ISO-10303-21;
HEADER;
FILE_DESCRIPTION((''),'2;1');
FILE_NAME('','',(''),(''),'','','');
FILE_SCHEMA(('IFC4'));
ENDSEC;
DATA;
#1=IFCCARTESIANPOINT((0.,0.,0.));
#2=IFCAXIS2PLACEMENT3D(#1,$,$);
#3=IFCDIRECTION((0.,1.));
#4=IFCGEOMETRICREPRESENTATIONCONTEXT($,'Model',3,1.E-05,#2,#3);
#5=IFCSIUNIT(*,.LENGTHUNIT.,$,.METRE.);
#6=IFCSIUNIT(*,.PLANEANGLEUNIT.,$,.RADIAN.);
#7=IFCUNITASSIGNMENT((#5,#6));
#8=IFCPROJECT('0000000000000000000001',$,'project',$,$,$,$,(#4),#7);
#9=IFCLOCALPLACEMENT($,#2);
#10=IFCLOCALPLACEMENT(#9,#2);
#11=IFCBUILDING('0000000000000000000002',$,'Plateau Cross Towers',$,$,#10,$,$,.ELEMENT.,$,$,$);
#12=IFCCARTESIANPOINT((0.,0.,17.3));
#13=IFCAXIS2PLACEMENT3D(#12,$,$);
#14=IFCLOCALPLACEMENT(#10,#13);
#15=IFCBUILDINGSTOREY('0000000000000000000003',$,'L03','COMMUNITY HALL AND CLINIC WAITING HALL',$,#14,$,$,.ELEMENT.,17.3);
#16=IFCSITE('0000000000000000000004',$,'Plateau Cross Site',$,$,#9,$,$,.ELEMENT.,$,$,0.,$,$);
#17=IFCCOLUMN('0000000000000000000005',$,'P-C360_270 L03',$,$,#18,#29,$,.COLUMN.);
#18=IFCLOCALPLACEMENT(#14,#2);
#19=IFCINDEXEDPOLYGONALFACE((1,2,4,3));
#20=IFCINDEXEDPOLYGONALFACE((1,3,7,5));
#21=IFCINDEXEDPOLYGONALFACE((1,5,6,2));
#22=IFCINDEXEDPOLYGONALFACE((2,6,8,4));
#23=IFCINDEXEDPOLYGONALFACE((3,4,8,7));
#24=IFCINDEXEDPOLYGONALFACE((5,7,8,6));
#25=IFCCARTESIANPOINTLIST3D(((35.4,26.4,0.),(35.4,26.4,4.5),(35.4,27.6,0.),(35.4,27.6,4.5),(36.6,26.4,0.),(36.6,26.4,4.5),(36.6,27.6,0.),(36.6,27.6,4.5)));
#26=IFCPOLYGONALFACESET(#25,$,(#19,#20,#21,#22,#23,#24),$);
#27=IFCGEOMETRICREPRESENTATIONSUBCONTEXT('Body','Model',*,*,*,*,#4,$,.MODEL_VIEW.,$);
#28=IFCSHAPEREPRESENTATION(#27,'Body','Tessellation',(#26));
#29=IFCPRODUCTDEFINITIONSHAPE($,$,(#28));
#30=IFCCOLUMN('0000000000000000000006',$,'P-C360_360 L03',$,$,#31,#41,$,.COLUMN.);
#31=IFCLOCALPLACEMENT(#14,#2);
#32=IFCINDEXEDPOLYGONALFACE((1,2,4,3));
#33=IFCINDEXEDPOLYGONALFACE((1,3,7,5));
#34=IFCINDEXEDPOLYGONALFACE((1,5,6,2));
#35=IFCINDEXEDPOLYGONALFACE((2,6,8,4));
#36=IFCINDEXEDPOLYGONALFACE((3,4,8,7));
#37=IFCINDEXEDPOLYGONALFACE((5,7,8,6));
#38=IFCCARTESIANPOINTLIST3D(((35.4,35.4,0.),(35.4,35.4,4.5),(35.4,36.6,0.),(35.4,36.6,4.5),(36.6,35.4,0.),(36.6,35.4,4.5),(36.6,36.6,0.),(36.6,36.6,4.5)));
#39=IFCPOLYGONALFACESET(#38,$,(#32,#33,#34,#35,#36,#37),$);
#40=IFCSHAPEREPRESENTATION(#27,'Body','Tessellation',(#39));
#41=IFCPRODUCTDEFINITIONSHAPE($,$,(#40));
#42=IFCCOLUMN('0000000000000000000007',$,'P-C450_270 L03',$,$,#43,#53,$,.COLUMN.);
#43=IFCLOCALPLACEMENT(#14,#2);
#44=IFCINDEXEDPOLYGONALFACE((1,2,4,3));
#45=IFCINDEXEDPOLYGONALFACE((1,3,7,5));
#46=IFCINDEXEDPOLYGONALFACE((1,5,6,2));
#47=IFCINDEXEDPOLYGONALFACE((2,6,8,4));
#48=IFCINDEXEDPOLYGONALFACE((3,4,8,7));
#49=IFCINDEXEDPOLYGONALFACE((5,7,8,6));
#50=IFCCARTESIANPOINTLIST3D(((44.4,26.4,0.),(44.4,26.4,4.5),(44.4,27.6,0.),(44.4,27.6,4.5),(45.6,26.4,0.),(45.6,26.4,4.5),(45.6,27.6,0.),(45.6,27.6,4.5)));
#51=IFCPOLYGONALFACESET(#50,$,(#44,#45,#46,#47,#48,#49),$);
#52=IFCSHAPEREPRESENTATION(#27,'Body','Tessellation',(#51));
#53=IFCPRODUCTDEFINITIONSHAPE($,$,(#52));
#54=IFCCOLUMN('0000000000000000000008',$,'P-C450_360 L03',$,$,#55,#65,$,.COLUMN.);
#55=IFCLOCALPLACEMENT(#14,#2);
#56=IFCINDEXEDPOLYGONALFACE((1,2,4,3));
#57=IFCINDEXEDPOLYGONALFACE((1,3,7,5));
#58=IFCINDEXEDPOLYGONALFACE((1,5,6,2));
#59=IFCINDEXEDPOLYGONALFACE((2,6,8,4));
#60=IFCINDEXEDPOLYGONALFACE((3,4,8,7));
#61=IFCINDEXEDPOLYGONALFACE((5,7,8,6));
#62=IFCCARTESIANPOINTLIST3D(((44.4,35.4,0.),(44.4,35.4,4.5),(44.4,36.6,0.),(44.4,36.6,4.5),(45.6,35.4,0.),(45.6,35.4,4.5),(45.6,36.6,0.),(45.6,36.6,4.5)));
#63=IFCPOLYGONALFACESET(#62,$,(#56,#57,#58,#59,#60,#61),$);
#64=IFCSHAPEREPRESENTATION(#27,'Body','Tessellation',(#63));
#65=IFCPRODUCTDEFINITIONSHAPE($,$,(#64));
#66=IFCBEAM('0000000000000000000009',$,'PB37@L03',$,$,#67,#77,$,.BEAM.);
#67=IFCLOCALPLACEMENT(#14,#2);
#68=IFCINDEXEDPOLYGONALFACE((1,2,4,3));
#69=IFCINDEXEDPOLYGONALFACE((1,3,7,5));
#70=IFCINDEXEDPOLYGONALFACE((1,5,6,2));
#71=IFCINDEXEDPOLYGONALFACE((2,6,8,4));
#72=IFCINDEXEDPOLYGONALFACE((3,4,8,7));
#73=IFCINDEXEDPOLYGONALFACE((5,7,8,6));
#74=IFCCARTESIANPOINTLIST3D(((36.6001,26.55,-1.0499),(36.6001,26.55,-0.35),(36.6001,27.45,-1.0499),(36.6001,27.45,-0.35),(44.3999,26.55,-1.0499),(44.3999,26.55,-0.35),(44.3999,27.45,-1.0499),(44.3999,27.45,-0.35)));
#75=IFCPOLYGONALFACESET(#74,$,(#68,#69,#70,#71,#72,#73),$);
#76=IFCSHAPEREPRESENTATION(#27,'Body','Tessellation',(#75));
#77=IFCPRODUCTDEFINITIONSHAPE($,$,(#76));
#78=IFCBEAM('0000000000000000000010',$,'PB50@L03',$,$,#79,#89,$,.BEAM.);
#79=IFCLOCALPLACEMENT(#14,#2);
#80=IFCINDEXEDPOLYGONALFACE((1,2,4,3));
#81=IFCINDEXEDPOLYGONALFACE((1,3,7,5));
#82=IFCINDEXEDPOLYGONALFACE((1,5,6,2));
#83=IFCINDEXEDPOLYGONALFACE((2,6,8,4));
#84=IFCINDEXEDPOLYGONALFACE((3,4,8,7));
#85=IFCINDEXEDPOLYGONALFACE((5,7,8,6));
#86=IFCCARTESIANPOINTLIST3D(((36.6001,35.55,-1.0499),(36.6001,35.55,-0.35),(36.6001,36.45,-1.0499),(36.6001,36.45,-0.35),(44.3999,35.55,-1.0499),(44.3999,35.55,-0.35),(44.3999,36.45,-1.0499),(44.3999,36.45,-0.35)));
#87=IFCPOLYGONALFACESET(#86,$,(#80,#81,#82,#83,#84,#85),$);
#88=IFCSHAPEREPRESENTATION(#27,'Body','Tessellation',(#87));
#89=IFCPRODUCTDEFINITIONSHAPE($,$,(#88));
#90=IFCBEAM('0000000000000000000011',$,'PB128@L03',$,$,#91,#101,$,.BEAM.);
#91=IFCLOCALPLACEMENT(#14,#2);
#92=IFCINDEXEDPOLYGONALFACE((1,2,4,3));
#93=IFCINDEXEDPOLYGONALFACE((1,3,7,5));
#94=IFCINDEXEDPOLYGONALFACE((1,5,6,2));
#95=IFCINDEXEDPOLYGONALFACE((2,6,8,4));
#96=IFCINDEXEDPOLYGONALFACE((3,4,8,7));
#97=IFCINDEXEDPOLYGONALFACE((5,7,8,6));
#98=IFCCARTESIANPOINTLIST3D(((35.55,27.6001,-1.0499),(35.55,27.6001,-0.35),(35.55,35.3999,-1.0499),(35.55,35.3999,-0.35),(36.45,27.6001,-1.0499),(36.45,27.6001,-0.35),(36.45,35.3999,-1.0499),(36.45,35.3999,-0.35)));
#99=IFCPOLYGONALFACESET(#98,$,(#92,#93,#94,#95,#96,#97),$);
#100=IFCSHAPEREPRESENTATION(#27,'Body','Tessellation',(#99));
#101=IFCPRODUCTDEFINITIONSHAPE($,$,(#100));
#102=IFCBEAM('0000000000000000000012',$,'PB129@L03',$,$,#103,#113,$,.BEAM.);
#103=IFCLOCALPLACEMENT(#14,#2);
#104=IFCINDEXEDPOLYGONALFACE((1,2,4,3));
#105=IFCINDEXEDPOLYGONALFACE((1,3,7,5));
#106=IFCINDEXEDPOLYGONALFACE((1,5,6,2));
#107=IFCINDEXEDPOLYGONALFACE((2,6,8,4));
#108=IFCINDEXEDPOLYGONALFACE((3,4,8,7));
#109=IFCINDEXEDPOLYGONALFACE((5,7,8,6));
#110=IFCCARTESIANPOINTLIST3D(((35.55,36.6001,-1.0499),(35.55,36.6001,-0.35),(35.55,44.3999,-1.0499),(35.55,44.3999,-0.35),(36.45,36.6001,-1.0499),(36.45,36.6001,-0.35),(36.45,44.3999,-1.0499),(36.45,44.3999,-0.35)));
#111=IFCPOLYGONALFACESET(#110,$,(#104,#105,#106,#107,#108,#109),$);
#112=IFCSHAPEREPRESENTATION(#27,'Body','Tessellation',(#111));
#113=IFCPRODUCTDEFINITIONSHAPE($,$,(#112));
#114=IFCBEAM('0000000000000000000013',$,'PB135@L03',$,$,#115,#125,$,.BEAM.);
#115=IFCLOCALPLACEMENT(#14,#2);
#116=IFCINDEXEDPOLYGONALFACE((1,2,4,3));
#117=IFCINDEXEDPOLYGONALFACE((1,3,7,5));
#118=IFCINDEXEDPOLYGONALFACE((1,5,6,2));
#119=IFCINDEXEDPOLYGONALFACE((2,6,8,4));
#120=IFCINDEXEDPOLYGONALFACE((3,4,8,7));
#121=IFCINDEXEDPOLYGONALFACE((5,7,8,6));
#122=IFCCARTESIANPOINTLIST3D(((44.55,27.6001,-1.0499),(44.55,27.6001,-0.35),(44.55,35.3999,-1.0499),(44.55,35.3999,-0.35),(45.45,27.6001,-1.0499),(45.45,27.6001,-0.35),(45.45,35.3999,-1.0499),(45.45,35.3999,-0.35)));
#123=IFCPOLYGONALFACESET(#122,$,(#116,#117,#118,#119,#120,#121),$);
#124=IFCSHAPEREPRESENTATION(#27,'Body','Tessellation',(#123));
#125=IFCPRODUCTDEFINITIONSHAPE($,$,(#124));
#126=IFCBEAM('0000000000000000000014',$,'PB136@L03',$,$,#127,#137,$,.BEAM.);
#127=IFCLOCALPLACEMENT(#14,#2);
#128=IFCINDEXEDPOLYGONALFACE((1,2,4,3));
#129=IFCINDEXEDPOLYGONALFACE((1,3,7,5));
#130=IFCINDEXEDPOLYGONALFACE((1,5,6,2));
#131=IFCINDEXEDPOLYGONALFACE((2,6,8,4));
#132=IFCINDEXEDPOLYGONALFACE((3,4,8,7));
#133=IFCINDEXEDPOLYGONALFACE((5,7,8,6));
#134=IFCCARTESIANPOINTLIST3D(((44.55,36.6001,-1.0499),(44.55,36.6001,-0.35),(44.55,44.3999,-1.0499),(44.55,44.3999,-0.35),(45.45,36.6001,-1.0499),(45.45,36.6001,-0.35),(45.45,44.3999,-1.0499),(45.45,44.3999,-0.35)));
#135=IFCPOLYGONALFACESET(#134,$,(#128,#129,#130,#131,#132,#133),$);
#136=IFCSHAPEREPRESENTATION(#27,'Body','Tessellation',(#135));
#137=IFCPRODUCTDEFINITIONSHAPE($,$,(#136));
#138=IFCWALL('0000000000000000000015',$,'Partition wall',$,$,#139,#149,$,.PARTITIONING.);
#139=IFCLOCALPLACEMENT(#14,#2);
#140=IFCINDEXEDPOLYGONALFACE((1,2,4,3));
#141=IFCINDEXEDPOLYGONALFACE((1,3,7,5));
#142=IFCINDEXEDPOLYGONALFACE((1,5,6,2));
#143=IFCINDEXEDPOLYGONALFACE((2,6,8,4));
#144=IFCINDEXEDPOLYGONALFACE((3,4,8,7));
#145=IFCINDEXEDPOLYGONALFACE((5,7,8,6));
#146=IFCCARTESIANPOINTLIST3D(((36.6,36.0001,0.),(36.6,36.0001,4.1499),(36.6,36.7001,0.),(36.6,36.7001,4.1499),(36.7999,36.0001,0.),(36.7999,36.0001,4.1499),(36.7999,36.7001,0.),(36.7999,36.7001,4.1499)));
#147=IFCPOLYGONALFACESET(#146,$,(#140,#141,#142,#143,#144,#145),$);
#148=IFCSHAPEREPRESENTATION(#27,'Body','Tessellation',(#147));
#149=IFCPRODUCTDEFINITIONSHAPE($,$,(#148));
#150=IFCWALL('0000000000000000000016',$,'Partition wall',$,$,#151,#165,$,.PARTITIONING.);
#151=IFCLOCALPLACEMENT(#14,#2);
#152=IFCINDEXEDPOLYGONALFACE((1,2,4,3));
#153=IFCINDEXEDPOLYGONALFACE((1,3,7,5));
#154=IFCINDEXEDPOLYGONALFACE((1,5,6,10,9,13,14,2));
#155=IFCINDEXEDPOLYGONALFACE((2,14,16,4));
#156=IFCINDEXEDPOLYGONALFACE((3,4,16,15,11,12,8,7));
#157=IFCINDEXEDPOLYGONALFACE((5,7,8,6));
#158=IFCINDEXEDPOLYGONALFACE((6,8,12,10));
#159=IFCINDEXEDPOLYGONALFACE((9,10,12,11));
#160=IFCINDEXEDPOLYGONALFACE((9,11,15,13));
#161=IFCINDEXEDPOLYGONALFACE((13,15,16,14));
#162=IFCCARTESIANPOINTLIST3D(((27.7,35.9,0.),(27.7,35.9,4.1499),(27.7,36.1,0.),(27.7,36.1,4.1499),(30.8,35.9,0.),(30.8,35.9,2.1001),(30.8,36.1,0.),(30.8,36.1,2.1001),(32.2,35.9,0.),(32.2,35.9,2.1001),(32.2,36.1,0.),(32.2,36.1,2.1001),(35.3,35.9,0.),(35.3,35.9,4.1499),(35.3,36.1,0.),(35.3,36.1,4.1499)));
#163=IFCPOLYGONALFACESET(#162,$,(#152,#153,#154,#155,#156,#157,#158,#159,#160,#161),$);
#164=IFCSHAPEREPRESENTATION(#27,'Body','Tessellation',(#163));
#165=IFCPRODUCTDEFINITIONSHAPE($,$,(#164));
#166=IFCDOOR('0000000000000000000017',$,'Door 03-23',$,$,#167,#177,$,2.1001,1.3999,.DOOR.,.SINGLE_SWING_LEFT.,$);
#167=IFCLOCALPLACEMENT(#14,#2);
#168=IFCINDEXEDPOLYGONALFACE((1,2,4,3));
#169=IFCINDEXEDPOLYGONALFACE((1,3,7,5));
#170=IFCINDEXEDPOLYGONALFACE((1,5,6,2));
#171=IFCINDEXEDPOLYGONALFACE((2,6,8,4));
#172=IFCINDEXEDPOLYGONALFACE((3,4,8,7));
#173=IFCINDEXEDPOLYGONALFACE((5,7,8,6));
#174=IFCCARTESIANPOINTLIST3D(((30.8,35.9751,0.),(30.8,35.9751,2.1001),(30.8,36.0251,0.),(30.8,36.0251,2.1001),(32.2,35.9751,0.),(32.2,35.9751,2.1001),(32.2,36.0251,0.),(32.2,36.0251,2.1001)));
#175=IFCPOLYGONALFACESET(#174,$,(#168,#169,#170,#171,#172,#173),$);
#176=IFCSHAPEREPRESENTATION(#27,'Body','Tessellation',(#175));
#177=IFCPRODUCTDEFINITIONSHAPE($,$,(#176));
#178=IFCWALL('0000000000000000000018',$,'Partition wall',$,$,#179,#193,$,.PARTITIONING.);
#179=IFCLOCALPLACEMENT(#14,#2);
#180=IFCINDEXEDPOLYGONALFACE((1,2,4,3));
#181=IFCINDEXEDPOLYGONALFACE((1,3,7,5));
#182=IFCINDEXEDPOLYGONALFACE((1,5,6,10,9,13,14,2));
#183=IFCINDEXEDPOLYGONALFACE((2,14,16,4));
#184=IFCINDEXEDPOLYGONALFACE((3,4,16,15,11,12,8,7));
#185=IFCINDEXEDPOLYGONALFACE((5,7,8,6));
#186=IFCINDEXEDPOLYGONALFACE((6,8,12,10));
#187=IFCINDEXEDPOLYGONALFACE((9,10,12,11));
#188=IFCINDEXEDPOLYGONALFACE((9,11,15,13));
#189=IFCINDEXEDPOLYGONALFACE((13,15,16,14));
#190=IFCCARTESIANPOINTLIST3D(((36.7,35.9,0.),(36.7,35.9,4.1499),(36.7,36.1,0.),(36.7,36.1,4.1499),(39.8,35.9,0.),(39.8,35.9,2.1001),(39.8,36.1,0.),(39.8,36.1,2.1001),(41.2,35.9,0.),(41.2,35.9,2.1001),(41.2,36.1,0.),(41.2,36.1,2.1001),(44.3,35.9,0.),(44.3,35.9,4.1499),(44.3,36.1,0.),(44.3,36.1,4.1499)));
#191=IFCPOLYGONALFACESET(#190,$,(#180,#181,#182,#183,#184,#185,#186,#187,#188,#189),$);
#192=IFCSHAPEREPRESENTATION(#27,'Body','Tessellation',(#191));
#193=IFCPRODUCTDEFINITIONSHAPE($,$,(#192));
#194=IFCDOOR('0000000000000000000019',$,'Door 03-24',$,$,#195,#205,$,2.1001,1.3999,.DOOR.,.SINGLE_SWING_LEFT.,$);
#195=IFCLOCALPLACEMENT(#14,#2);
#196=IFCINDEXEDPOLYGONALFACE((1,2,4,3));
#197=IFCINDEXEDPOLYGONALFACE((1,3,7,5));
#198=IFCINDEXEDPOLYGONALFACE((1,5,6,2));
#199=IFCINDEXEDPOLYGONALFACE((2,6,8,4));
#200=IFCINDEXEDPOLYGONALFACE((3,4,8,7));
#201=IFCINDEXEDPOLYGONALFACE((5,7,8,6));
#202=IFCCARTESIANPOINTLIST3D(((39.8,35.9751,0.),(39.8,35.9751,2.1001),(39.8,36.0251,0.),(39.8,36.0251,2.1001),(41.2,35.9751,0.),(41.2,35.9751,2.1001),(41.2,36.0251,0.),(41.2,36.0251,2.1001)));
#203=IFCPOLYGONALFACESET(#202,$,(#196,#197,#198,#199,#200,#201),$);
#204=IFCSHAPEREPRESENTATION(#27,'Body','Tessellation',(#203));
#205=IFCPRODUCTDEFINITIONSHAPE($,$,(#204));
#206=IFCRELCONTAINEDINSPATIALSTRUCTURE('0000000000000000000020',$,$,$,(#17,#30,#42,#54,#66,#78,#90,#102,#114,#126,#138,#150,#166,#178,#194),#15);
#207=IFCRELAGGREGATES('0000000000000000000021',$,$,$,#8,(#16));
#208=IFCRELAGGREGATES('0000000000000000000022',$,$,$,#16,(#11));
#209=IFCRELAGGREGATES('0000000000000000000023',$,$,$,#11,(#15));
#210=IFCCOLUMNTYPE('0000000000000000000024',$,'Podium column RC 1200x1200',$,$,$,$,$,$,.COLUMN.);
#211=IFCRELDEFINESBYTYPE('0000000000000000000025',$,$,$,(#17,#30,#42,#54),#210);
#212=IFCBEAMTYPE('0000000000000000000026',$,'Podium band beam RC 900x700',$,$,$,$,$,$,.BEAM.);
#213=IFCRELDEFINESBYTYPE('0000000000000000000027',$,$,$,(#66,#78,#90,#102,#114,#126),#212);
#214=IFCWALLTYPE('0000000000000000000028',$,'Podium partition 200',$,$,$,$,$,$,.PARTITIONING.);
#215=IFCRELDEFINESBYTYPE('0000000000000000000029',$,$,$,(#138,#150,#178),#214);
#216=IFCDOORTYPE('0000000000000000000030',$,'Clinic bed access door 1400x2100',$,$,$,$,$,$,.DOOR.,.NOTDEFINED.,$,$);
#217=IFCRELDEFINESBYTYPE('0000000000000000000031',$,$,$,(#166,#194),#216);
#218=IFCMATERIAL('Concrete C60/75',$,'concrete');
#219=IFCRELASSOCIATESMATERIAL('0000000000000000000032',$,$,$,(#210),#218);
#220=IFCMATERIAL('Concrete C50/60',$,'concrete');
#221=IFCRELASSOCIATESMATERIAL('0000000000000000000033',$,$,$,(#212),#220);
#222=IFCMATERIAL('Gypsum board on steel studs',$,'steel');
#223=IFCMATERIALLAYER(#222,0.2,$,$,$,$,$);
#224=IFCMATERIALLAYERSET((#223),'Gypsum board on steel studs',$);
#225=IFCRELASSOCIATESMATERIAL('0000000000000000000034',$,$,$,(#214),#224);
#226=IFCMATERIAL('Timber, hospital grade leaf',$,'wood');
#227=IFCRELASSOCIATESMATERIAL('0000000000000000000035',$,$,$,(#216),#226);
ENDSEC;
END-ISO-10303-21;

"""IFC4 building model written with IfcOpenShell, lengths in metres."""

from ifc_helpers import new_model, si_unit, direction, frame, frame_2d, origin, origin_2d, place, context, subcontext, project, spatial, rectangle, extrude, material, layer, layer_set, material_profile, profile_set, type_object, element, fill, save


model = new_model("IFC4")

# Units and contexts
model_context = context("Model", 3, precision=1e-05, world=origin(), true_north=direction((0.0, 1.0)))
body_context = subcontext(model_context, "Body", "Model", "MODEL_VIEW")
ifc_project = project(units=[si_unit("LENGTHUNIT", "METRE"), si_unit("PLANEANGLEUNIT", "RADIAN")], contexts=[model_context])

# Site, building, storey
site_placement = place(None, origin())
site = spatial("IfcSite", under=ifc_project, at=site_placement, Name="Plateau Cross Site", CompositionType="ELEMENT", RefElevation=0.0)
building_placement = place(site_placement, origin())
building = spatial("IfcBuilding", under=site, at=building_placement, Name="Plateau Cross Towers", CompositionType="ELEMENT")
storey_placement = place(building_placement, frame((0.0, 0.0, 17.3)))
storey = spatial("IfcBuildingStorey", under=building, at=storey_placement, Name="L03", Description="COMMUNITY HALL AND CLINIC WAITING HALL", CompositionType="ELEMENT", Elevation=17.3)

# Columns
ifc_material_1 = material(Name="Concrete C60/75", Category="concrete")
ifc_material_profile_1 = material_profile(ifc_material_1, rectangle(XDim=1.2, YDim=1.2, at=origin_2d()), Name="RC 1200x1200")
ifc_profile_set_1 = profile_set([ifc_material_profile_1], Name="Concrete C60/75")
column_type = type_object("IfcColumnType", Name="Podium column RC 1200x1200", PredefinedType="COLUMN", material=ifc_profile_set_1)
for number, where, z_axis, x_axis, name in (
    (1, (36.0, 27.0, 0.0), (0.0, 0.0, 1.0), (1.0, 0.0, 0.0), "P-C360_270 L03"),
    (2, (36.0, 36.0, 0.0), (0.0, 0.0, 1.0), (1.0, 0.0, 0.0), "P-C360_360 L03"),
    (3, (45.0, 27.0, 0.0), (0.0, 0.0, 1.0), (1.0, 0.0, 0.0), "P-C450_270 L03"),
    (4, (45.0, 36.0, 0.0), (0.0, 0.0, 1.0), (1.0, 0.0, 0.0), "P-C450_360 L03"),
):
    element("IfcColumn", number, at=place(storey_placement, frame(where, z_axis=z_axis, x_axis=x_axis)), inside=storey, type_object=column_type, Name=name, PredefinedType="COLUMN", context=body_context, shape_type="SweptSolid", body=[
        extrude(rectangle(XDim=1.2, YDim=1.2, at=origin_2d()), origin(), (0.0, 0.0, 1.0), 4.5),
    ])

# Beams
ifc_material_2 = material(Name="Concrete C50/60", Category="concrete")
ifc_material_profile_2 = material_profile(ifc_material_2, rectangle(XDim=0.8999, YDim=0.7, at=origin_2d()), Name="RC 900x700")
ifc_profile_set_2 = profile_set([ifc_material_profile_2], Name="Concrete C50/60")
beam_type = type_object("IfcBeamType", Name="Podium band beam RC 900x700", PredefinedType="BEAM", material=ifc_profile_set_2)
for number, where, z_axis, x_axis, name in (
    (5, (36.6001, 27.0, -0.7), (1.0, 0.0, 0.0), (0.0, 1.0, 0.0), "PB37@L03"),
    (6, (36.6001, 36.0, -0.7), (1.0, 0.0, 0.0), (0.0, 1.0, 0.0), "PB50@L03"),
    (7, (36.0, 27.6001, -0.7), (0.0, 1.0, 0.0), (-1.0, 0.0, 0.0), "PB128@L03"),
    (8, (36.0, 36.6001, -0.7), (0.0, 1.0, 0.0), (-1.0, 0.0, 0.0), "PB129@L03"),
    (9, (45.0, 27.6001, -0.7), (0.0, 1.0, 0.0), (-1.0, 0.0, 0.0), "PB135@L03"),
    (10, (45.0, 36.6001, -0.7), (0.0, 1.0, 0.0), (-1.0, 0.0, 0.0), "PB136@L03"),
):
    element("IfcBeam", number, at=place(storey_placement, frame(where, z_axis=z_axis, x_axis=x_axis)), inside=storey, type_object=beam_type, Name=name, PredefinedType="BEAM", context=body_context, shape_type="SweptSolid", body=[
        extrude(rectangle(XDim=0.8999, YDim=0.7, at=origin_2d()), origin(), (0.0, 0.0, 1.0), 7.7998),
    ])

# Wall
ifc_material_3 = material(Name="Gypsum board on steel studs", Category="steel")
ifc_layer_1 = layer(ifc_material_3, 0.2)
ifc_layer_set_1 = layer_set([ifc_layer_1], Name="Gypsum board on steel studs")
wall_type_1 = type_object("IfcWallType", Name="Podium partition 200", PredefinedType="PARTITIONING", material=ifc_layer_set_1)
wall_1_placement = place(storey_placement, frame((36.7, 36.0, 0.0), z_axis=(0.0, 0.0, 1.0), x_axis=(0.0, 1.0, 0.0)))
element("IfcWall", 11, at=wall_1_placement, inside=storey, type_object=wall_type_1, Name="Partition wall", PredefinedType="PARTITIONING", context=body_context, shape_type="SweptSolid", body=[
    extrude(rectangle(XDim=0.7, YDim=0.2, at=frame_2d((0.3501, 0.0))), origin(), (0.0, 0.0, 1.0), 4.1499),
])

# Walls, openings, doors
wall_2_placement = place(storey_placement, frame((35.3, 36.0, 0.0), z_axis=(0.0, 0.0, 1.0), x_axis=(-1.0, 0.0, 0.0)))
wall_2 = element("IfcWall", 12, at=wall_2_placement, inside=storey, type_object=wall_type_1, Name="Partition wall", PredefinedType="PARTITIONING", context=body_context, shape_type="SweptSolid", body=[
    extrude(rectangle(XDim=7.6001, YDim=0.2, at=frame_2d((3.8, 0.0))), origin(), (0.0, 0.0, 1.0), 4.1499),
])
opening_1_placement = place(wall_2_placement, frame((3.1001, 0.0, 0.0)))
opening_1 = element("IfcOpeningElement", 13, at=opening_1_placement, cuts=wall_2, PredefinedType="OPENING", context=body_context, shape_type="SweptSolid", body=[
    extrude(rectangle(XDim=1.3999, YDim=2.1001, at=frame_2d((0.7, 1.05))), frame((0.0, 0.1099, 0.0), z_axis=(0.0, -1.0, 0.0), x_axis=(1.0, 0.0, 0.0)), (0.0, 0.0, 1.0), 0.22),
])
ifc_material_4 = material(Name="Timber, hospital grade leaf", Category="wood")
door_type_1 = type_object("IfcDoorType", Name="Clinic bed access door 1400x2100", OperationType="NOTDEFINED", PredefinedType="DOOR", material=ifc_material_4)
door_1_placement = place(opening_1_placement, origin())
door_1 = element("IfcDoor", 14, at=door_1_placement, inside=storey, type_object=door_type_1, Name="Door 03-23", OperationType="SINGLE_SWING_LEFT", OverallHeight=2.1001, OverallWidth=1.3999, PredefinedType="DOOR", context=body_context, shape_type="SweptSolid", body=[
    extrude(rectangle(XDim=1.3999, YDim=2.1001, at=frame_2d((0.7, 1.05))), frame((0.0, 0.0249, 0.0), z_axis=(0.0, -1.0, 0.0), x_axis=(1.0, 0.0, 0.0)), (0.0, 0.0, 1.0), 0.05),
])
fill(opening_1, door_1)
wall_3_placement = place(storey_placement, frame((44.3, 36.0, 0.0), z_axis=(0.0, 0.0, 1.0), x_axis=(-1.0, 0.0, 0.0)))
wall_3 = element("IfcWall", 15, at=wall_3_placement, inside=storey, type_object=wall_type_1, Name="Partition wall", PredefinedType="PARTITIONING", context=body_context, shape_type="SweptSolid", body=[
    extrude(rectangle(XDim=7.6001, YDim=0.2, at=frame_2d((3.8, 0.0))), origin(), (0.0, 0.0, 1.0), 4.1499),
])
opening_2_placement = place(wall_3_placement, frame((3.1001, 0.0, 0.0)))
opening_2 = element("IfcOpeningElement", 16, at=opening_2_placement, cuts=wall_3, PredefinedType="OPENING", context=body_context, shape_type="SweptSolid", body=[
    extrude(rectangle(XDim=1.3999, YDim=2.1001, at=frame_2d((0.7, 1.05))), frame((0.0, 0.1099, 0.0), z_axis=(0.0, -1.0, 0.0), x_axis=(1.0, 0.0, 0.0)), (0.0, 0.0, 1.0), 0.22),
])
door_2_placement = place(opening_2_placement, origin())
door_2 = element("IfcDoor", 17, at=door_2_placement, inside=storey, type_object=door_type_1, Name="Door 03-24", OperationType="SINGLE_SWING_LEFT", OverallHeight=2.1001, OverallWidth=1.3999, PredefinedType="DOOR", context=body_context, shape_type="SweptSolid", body=[
    extrude(rectangle(XDim=1.3999, YDim=2.1001, at=frame_2d((0.7, 1.05))), frame((0.0, 0.0249, 0.0), z_axis=(0.0, -1.0, 0.0), x_axis=(1.0, 0.0, 0.0)), (0.0, 0.0, 1.0), 0.05),
])
fill(opening_2, door_2)

save(model, "model.ifc")
